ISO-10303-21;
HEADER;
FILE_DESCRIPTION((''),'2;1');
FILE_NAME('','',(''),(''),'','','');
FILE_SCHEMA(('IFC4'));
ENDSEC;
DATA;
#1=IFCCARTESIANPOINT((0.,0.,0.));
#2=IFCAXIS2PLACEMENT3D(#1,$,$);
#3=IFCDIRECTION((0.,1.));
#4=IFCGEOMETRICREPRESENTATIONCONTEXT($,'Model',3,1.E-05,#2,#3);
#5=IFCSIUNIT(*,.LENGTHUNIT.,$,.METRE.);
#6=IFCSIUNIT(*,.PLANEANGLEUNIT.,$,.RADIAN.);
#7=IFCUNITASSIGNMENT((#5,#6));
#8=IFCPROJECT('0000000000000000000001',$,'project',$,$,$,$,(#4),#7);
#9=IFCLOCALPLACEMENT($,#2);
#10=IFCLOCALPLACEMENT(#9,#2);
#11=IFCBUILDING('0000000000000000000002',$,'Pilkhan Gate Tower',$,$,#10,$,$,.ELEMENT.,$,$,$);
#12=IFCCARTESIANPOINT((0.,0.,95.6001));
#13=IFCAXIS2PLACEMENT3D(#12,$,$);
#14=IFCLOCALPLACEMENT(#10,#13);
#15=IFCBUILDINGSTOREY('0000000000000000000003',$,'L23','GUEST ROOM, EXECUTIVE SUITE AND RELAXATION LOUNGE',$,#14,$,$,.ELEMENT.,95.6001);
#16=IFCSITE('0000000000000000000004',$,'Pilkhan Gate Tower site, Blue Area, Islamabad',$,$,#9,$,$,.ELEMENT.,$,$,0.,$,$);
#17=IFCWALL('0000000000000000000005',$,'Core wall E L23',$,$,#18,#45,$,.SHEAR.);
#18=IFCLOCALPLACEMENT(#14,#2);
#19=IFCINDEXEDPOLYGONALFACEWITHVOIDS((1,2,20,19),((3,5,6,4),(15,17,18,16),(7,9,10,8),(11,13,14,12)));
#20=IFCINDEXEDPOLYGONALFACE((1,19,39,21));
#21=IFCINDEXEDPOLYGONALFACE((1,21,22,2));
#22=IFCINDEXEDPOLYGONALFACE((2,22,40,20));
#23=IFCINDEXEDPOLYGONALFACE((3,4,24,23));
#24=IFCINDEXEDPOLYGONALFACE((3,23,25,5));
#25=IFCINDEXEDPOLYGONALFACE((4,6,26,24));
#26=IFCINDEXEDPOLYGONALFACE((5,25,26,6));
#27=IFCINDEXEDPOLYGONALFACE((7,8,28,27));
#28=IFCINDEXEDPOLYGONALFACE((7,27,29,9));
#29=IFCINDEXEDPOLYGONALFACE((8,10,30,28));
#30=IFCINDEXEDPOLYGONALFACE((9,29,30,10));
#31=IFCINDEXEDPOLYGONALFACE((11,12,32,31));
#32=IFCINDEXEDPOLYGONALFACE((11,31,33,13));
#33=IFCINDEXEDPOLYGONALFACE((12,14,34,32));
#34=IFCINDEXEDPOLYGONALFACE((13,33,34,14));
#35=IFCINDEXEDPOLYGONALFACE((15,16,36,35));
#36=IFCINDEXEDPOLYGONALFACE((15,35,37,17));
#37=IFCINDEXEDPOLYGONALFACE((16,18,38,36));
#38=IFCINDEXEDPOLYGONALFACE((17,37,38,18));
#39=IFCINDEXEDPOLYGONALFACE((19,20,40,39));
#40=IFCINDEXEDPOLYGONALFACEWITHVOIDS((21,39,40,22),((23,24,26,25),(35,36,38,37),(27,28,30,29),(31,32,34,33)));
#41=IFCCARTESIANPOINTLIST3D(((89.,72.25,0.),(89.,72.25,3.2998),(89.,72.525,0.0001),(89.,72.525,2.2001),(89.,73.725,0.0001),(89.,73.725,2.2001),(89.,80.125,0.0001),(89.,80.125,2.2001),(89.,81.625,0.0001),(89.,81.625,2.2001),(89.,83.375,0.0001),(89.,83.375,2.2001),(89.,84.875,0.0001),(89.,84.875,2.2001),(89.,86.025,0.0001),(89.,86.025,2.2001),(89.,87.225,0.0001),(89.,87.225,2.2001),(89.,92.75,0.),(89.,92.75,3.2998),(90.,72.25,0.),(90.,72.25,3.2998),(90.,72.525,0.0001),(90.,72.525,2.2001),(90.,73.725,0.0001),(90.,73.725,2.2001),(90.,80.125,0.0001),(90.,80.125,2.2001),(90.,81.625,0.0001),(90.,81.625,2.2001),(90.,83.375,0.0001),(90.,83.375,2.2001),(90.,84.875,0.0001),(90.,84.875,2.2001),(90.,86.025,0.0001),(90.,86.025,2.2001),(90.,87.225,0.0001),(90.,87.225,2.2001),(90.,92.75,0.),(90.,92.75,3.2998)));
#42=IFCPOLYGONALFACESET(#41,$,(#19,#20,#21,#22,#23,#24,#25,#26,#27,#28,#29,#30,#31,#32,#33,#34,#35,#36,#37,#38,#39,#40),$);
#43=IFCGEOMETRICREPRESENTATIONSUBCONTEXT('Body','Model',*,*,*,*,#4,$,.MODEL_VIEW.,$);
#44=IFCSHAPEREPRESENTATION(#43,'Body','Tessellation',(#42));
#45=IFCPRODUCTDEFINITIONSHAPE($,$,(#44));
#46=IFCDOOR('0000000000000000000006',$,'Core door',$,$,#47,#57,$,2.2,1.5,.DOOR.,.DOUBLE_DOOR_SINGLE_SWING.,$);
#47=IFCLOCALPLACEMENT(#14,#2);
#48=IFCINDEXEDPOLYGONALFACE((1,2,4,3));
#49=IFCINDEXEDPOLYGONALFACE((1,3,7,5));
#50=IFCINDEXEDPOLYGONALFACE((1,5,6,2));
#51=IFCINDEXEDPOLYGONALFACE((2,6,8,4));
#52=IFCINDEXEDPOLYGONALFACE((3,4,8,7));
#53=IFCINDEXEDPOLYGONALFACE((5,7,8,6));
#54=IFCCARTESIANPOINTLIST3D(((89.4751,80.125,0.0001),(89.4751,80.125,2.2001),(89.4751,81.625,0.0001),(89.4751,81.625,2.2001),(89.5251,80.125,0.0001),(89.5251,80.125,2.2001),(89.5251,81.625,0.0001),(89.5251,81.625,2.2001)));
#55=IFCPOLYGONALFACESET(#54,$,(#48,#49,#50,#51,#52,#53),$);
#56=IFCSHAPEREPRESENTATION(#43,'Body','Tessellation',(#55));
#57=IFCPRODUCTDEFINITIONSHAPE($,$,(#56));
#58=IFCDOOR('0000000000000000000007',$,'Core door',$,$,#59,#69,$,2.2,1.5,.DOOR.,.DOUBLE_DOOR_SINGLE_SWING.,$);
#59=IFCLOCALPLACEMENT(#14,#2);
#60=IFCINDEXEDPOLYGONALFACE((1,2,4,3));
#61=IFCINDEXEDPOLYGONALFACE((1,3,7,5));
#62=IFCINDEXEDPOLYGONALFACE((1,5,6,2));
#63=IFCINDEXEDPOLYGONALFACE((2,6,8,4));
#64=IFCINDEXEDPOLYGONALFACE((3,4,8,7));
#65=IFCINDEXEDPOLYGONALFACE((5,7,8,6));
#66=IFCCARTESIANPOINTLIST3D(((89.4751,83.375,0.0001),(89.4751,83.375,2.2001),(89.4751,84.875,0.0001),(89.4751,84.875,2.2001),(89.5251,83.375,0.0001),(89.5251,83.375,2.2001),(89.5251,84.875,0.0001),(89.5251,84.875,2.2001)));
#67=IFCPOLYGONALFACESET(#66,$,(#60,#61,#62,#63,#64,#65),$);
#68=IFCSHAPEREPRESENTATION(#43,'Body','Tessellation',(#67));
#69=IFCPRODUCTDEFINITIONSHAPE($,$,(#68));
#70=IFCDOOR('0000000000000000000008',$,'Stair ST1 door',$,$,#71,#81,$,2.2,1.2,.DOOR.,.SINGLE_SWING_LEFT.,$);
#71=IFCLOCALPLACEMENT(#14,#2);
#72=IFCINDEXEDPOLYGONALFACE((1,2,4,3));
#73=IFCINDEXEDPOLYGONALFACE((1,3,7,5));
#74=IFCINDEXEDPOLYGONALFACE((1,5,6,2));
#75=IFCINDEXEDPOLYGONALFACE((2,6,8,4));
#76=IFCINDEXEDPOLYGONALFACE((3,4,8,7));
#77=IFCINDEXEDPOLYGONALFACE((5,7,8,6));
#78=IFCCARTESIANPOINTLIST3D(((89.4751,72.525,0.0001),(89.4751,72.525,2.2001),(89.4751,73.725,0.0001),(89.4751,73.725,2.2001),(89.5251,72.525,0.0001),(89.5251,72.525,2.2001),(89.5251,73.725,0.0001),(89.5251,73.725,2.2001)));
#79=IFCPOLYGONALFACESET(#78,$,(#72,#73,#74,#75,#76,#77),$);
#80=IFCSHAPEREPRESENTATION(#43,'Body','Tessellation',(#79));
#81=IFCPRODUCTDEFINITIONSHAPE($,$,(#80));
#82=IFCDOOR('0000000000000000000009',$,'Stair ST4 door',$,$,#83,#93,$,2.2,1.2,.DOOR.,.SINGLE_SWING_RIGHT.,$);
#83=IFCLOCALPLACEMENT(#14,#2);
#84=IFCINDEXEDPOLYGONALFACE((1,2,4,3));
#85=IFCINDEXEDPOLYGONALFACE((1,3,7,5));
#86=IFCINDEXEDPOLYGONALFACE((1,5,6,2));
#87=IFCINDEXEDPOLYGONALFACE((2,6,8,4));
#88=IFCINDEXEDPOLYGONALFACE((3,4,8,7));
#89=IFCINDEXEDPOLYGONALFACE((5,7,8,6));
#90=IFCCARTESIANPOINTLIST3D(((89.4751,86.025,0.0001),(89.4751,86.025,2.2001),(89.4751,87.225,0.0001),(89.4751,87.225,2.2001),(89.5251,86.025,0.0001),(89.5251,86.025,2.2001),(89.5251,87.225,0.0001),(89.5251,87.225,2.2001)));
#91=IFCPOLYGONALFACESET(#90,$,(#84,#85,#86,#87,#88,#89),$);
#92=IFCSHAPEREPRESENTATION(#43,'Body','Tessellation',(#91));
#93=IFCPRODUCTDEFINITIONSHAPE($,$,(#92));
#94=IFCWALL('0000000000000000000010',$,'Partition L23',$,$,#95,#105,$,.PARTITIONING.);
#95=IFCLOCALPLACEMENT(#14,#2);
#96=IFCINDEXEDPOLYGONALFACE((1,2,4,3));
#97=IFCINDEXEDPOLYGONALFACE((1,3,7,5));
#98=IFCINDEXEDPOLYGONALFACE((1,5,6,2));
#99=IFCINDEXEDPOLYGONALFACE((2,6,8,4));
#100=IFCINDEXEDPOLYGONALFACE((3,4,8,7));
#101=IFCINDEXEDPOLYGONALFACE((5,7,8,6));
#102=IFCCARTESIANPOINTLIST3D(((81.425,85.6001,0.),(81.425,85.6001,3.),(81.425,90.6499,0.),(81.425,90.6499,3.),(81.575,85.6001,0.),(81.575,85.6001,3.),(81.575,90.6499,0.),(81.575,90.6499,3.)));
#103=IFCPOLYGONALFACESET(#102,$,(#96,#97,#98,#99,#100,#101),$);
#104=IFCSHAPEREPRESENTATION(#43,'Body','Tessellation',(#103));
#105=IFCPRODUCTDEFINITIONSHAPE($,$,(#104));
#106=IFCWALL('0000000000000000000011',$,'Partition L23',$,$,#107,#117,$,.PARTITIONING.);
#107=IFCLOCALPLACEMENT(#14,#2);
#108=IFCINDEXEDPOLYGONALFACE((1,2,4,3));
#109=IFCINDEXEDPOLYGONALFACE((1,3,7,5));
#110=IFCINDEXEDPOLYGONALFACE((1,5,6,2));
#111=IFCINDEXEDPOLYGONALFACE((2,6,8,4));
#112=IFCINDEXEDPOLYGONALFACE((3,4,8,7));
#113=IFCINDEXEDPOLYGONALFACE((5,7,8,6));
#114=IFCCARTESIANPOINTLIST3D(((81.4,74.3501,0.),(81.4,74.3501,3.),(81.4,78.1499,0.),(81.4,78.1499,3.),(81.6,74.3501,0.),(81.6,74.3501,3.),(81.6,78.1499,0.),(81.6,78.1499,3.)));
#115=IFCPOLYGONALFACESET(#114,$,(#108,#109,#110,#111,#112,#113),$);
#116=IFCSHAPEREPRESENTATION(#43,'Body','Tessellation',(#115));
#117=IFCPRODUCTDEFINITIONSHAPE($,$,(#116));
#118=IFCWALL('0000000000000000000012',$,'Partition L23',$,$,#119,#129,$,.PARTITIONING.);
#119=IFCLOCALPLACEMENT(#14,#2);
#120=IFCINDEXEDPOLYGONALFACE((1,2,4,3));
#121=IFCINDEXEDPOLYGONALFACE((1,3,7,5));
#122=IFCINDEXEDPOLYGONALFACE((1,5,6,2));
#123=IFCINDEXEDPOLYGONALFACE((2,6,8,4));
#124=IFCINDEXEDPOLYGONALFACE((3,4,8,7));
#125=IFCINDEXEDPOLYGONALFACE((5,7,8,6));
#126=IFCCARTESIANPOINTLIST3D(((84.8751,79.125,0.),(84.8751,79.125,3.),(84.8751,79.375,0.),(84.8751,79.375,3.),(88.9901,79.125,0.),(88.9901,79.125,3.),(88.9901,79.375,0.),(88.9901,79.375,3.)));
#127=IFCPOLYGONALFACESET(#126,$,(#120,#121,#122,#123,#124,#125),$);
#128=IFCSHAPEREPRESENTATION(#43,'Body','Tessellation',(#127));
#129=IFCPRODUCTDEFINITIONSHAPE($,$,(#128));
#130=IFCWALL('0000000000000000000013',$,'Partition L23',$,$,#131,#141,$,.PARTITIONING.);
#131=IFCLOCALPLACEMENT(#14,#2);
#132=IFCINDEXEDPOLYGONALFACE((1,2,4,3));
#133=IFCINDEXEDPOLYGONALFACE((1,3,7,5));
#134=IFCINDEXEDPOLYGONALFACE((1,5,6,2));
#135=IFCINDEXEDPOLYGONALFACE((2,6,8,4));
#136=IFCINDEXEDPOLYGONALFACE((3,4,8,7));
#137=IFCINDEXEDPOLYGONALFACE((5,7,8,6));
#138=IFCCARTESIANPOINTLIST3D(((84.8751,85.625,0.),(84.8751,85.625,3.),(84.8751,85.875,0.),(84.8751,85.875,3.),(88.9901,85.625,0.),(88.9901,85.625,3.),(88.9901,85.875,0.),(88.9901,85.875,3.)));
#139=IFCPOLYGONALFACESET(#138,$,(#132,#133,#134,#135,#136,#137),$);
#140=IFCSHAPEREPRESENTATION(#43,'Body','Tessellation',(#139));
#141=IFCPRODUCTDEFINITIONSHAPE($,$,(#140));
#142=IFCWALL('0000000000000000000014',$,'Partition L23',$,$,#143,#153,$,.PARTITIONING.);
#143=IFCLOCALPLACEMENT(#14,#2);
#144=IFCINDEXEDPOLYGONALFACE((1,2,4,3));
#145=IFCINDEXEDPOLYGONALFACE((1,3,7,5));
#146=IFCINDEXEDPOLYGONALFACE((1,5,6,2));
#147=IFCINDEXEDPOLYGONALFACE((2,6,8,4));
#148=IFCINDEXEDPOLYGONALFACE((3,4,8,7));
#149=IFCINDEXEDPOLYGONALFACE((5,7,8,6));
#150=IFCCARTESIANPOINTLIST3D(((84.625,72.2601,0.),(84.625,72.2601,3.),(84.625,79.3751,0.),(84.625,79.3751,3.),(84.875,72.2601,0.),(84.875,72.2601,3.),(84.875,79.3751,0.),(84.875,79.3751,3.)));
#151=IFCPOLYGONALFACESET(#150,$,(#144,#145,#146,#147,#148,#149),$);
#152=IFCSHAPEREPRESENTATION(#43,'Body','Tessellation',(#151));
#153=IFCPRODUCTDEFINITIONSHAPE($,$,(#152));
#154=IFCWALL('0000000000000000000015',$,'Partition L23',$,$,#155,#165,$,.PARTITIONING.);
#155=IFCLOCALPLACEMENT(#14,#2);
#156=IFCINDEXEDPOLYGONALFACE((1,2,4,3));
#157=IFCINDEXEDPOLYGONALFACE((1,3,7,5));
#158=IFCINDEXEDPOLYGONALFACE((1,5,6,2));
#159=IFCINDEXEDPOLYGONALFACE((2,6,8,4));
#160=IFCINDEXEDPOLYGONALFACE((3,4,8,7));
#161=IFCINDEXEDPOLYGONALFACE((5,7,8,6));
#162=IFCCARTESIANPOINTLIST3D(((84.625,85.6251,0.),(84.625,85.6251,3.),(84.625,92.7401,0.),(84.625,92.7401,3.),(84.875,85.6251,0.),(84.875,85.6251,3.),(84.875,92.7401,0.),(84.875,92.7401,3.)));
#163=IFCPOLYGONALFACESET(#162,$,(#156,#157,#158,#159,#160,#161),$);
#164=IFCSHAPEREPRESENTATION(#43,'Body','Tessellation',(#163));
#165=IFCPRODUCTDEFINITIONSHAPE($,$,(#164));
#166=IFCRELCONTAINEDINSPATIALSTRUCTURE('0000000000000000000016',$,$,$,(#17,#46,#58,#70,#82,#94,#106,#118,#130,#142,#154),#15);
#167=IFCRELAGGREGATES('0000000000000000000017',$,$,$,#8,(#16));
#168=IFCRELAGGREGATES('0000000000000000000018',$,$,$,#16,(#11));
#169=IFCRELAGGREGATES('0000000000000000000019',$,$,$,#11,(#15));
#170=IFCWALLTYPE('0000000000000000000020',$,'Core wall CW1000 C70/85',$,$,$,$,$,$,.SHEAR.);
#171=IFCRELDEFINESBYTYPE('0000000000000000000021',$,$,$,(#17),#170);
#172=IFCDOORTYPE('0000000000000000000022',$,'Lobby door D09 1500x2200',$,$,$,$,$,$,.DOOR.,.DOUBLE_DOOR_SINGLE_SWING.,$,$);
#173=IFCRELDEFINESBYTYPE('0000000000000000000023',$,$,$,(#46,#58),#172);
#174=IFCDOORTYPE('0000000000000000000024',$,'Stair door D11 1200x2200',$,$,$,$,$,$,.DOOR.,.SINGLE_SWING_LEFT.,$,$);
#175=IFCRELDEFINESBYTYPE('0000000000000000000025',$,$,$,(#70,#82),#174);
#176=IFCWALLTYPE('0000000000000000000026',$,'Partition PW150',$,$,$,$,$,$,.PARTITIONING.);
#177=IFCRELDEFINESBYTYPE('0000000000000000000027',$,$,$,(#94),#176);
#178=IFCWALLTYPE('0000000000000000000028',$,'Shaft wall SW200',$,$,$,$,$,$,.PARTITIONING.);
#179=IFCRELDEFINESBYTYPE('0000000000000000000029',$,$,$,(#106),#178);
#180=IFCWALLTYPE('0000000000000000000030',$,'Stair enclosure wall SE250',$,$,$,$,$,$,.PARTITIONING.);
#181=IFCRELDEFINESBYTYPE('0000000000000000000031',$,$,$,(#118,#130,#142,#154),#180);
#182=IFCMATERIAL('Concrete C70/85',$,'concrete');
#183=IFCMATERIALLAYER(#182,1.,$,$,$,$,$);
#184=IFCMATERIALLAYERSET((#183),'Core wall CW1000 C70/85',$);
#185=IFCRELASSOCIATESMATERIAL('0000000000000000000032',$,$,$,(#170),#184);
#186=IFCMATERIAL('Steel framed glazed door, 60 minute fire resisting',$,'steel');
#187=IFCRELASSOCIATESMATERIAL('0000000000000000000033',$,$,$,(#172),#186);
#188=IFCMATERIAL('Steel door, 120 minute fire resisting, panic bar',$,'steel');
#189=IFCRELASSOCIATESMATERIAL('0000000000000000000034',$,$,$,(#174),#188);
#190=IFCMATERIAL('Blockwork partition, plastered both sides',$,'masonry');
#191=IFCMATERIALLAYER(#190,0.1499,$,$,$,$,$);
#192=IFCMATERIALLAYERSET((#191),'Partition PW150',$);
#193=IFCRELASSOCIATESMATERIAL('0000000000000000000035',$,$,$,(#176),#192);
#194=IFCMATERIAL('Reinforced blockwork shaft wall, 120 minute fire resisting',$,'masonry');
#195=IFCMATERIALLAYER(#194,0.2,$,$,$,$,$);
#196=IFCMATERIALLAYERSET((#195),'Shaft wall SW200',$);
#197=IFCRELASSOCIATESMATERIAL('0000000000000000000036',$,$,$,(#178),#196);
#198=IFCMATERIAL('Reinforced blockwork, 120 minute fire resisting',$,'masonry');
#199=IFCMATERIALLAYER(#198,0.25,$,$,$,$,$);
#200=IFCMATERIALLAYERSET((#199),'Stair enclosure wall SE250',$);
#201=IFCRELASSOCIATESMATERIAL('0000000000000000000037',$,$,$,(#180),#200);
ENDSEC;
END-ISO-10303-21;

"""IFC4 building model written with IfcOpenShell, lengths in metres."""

from ifc_helpers import new_model, si_unit, direction, frame, frame_2d, origin, place, context, subcontext, project, spatial, rectangle, extrude, material, layer, layer_set, type_object, element, fill, save


model = new_model("IFC4")

# Units and contexts
model_context = context("Model", 3, precision=1e-05, world=origin(), true_north=direction((0.0, 1.0)))
body_context = subcontext(model_context, "Body", "Model", "MODEL_VIEW")
ifc_project = project(units=[si_unit("LENGTHUNIT", "METRE"), si_unit("PLANEANGLEUNIT", "RADIAN")], contexts=[model_context])

# Site, building, storey
site_placement = place(None, origin())
site = spatial("IfcSite", under=ifc_project, at=site_placement, Name="Pilkhan Gate Tower site, Blue Area, Islamabad", CompositionType="ELEMENT", RefElevation=0.0)
building_placement = place(site_placement, origin())
building = spatial("IfcBuilding", under=site, at=building_placement, Name="Pilkhan Gate Tower", CompositionType="ELEMENT")
storey_placement = place(building_placement, frame((0.0, 0.0, 95.6001)))
storey = spatial("IfcBuildingStorey", under=building, at=storey_placement, Name="L23", Description="GUEST ROOM, EXECUTIVE SUITE AND RELAXATION LOUNGE", CompositionType="ELEMENT", Elevation=95.6001)

# Wall, openings, doors
ifc_material_1 = material(Name="Concrete C70/85", Category="concrete")
ifc_layer_1 = layer(ifc_material_1, 1.0)
ifc_layer_set_1 = layer_set([ifc_layer_1], Name="Core wall CW1000 C70/85")
wall_type_1 = type_object("IfcWallType", Name="Core wall CW1000 C70/85", PredefinedType="SHEAR", material=ifc_layer_set_1)
wall_1_placement = place(storey_placement, frame((89.5, 72.25, 0.0), z_axis=(0.0, 0.0, 1.0), x_axis=(0.0, 1.0, 0.0)))
wall_1 = element("IfcWall", 1, at=wall_1_placement, inside=storey, type_object=wall_type_1, Name="Core wall E L23", PredefinedType="SHEAR", context=body_context, shape_type="SweptSolid", body=[
    extrude(rectangle(XDim=20.5, YDim=1.0, at=frame_2d((10.25, 0.0))), origin(), (0.0, 0.0, 1.0), 3.2998),
])
opening_1_placement = place(wall_1_placement, frame((0.2749, 0.0, 0.0)))
opening_1 = element("IfcOpeningElement", 2, at=opening_1_placement, cuts=wall_1, PredefinedType="OPENING", context=body_context, shape_type="SweptSolid", body=[
    extrude(rectangle(XDim=1.2, YDim=2.2, at=frame_2d((0.6001, 1.1001))), frame((0.0, 0.51, 0.0), z_axis=(0.0, -1.0, 0.0), x_axis=(1.0, 0.0, 0.0)), (0.0, 0.0, 1.0), 1.02),
])
opening_2_placement = place(wall_1_placement, frame((13.7749, 0.0, 0.0)))
opening_2 = element("IfcOpeningElement", 3, at=opening_2_placement, cuts=wall_1, PredefinedType="OPENING", context=body_context, shape_type="SweptSolid", body=[
    extrude(rectangle(XDim=1.2, YDim=2.2, at=frame_2d((0.6001, 1.1001))), frame((0.0, 0.51, 0.0), z_axis=(0.0, -1.0, 0.0), x_axis=(1.0, 0.0, 0.0)), (0.0, 0.0, 1.0), 1.02),
])
opening_3_placement = place(wall_1_placement, frame((7.875, 0.0, 0.0)))
opening_3 = element("IfcOpeningElement", 4, at=opening_3_placement, cuts=wall_1, PredefinedType="OPENING", context=body_context, shape_type="SweptSolid", body=[
    extrude(rectangle(XDim=1.5, YDim=2.2, at=frame_2d((0.75, 1.1001))), frame((0.0, 0.51, 0.0), z_axis=(0.0, -1.0, 0.0), x_axis=(1.0, 0.0, 0.0)), (0.0, 0.0, 1.0), 1.02),
])
opening_4_placement = place(wall_1_placement, frame((11.125, 0.0, 0.0)))
opening_4 = element("IfcOpeningElement", 5, at=opening_4_placement, cuts=wall_1, PredefinedType="OPENING", context=body_context, shape_type="SweptSolid", body=[
    extrude(rectangle(XDim=1.5, YDim=2.2, at=frame_2d((0.75, 1.1001))), frame((0.0, 0.51, 0.0), z_axis=(0.0, -1.0, 0.0), x_axis=(1.0, 0.0, 0.0)), (0.0, 0.0, 1.0), 1.02),
])
ifc_material_2 = material(Name="Steel framed glazed door, 60 minute fire resisting", Category="steel")
door_type_1 = type_object("IfcDoorType", Name="Lobby door D09 1500x2200", OperationType="DOUBLE_DOOR_SINGLE_SWING", PredefinedType="DOOR", material=ifc_material_2)
door_1_placement = place(opening_3_placement, origin())
door_1 = element("IfcDoor", 6, at=door_1_placement, inside=storey, type_object=door_type_1, Name="Core door", OperationType="DOUBLE_DOOR_SINGLE_SWING", OverallHeight=2.2, OverallWidth=1.5, PredefinedType="DOOR", context=body_context, shape_type="SweptSolid", body=[
    extrude(rectangle(XDim=1.5, YDim=2.2, at=frame_2d((0.75, 1.1001))), frame((0.0, 0.0249, 0.0), z_axis=(0.0, -1.0, 0.0), x_axis=(1.0, 0.0, 0.0)), (0.0, 0.0, 1.0), 0.05),
])
fill(opening_3, door_1)
door_2_placement = place(opening_4_placement, origin())
door_2 = element("IfcDoor", 7, at=door_2_placement, inside=storey, type_object=door_type_1, Name="Core door", OperationType="DOUBLE_DOOR_SINGLE_SWING", OverallHeight=2.2, OverallWidth=1.5, PredefinedType="DOOR", context=body_context, shape_type="SweptSolid", body=[
    extrude(rectangle(XDim=1.5, YDim=2.2, at=frame_2d((0.75, 1.1001))), frame((0.0, 0.0249, 0.0), z_axis=(0.0, -1.0, 0.0), x_axis=(1.0, 0.0, 0.0)), (0.0, 0.0, 1.0), 0.05),
])
fill(opening_4, door_2)
ifc_material_3 = material(Name="Steel door, 120 minute fire resisting, panic bar", Category="steel")
door_type_2 = type_object("IfcDoorType", Name="Stair door D11 1200x2200", OperationType="SINGLE_SWING_LEFT", PredefinedType="DOOR", material=ifc_material_3)
door_3_placement = place(opening_1_placement, origin())
door_3 = element("IfcDoor", 8, at=door_3_placement, inside=storey, type_object=door_type_2, Name="Stair ST1 door", OperationType="SINGLE_SWING_LEFT", OverallHeight=2.2, OverallWidth=1.2, PredefinedType="DOOR", context=body_context, shape_type="SweptSolid", body=[
    extrude(rectangle(XDim=1.2, YDim=2.2, at=frame_2d((0.6001, 1.1001))), frame((0.0, 0.0249, 0.0), z_axis=(0.0, -1.0, 0.0), x_axis=(1.0, 0.0, 0.0)), (0.0, 0.0, 1.0), 0.05),
])
fill(opening_1, door_3)
door_4_placement = place(opening_2_placement, origin())
door_4 = element("IfcDoor", 9, at=door_4_placement, inside=storey, type_object=door_type_2, Name="Stair ST4 door", OperationType="SINGLE_SWING_RIGHT", OverallHeight=2.2, OverallWidth=1.2, PredefinedType="DOOR", context=body_context, shape_type="SweptSolid", body=[
    extrude(rectangle(XDim=1.2, YDim=2.2, at=frame_2d((0.6001, 1.1001))), frame((0.0, 0.0249, 0.0), z_axis=(0.0, -1.0, 0.0), x_axis=(1.0, 0.0, 0.0)), (0.0, 0.0, 1.0), 0.05),
])
fill(opening_2, door_4)

# Walls
ifc_material_4 = material(Name="Blockwork partition, plastered both sides", Category="masonry")
ifc_layer_2 = layer(ifc_material_4, 0.1499)
ifc_layer_set_2 = layer_set([ifc_layer_2], Name="Partition PW150")
wall_type_2 = type_object("IfcWallType", Name="Partition PW150", PredefinedType="PARTITIONING", material=ifc_layer_set_2)
wall_2_placement = place(storey_placement, frame((81.5, 85.6001, 0.0), z_axis=(0.0, 0.0, 1.0), x_axis=(0.0, 1.0, 0.0)))
element("IfcWall", 10, at=wall_2_placement, inside=storey, type_object=wall_type_2, Name="Partition L23", PredefinedType="PARTITIONING", context=body_context, shape_type="SweptSolid", body=[
    extrude(rectangle(XDim=5.0498, YDim=0.1499, at=frame_2d((2.5249, 0.0))), origin(), (0.0, 0.0, 1.0), 3.0),
])
ifc_material_5 = material(Name="Reinforced blockwork shaft wall, 120 minute fire resisting", Category="masonry")
ifc_layer_3 = layer(ifc_material_5, 0.2)
ifc_layer_set_3 = layer_set([ifc_layer_3], Name="Shaft wall SW200")
wall_type_3 = type_object("IfcWallType", Name="Shaft wall SW200", PredefinedType="PARTITIONING", material=ifc_layer_set_3)
wall_3_placement = place(storey_placement, frame((81.5, 74.3501, 0.0), z_axis=(0.0, 0.0, 1.0), x_axis=(0.0, 1.0, 0.0)))
element("IfcWall", 11, at=wall_3_placement, inside=storey, type_object=wall_type_3, Name="Partition L23", PredefinedType="PARTITIONING", context=body_context, shape_type="SweptSolid", body=[
    extrude(rectangle(XDim=3.7998, YDim=0.2, at=frame_2d((1.8999, 0.0))), origin(), (0.0, 0.0, 1.0), 3.0),
])
ifc_material_6 = material(Name="Reinforced blockwork, 120 minute fire resisting", Category="masonry")
ifc_layer_4 = layer(ifc_material_6, 0.25)
ifc_layer_set_4 = layer_set([ifc_layer_4], Name="Stair enclosure wall SE250")
wall_type_4 = type_object("IfcWallType", Name="Stair enclosure wall SE250", PredefinedType="PARTITIONING", material=ifc_layer_set_4)
for number, where, z_axis, x_axis, name in (
    (12, (84.875, 79.25, 0.0), (0.0, 0.0, 1.0), (1.0, 0.0, 0.0), "Partition L23"),
    (13, (84.875, 85.75, 0.0), (0.0, 0.0, 1.0), (1.0, 0.0, 0.0), "Partition L23"),
):
    element("IfcWall", number, at=place(storey_placement, frame(where, z_axis=z_axis, x_axis=x_axis)), inside=storey, type_object=wall_type_4, Name=name, PredefinedType="PARTITIONING", context=body_context, shape_type="SweptSolid", body=[
        extrude(rectangle(XDim=4.115, YDim=0.25, at=frame_2d((2.0576, 0.0))), origin(), (0.0, 0.0, 1.0), 3.0),
    ])
for number, where, z_axis, x_axis, name in (
    (14, (84.75, 72.26, 0.0), (0.0, 0.0, 1.0), (0.0, 1.0, 0.0), "Partition L23"),
    (15, (84.75, 85.625, 0.0), (0.0, 0.0, 1.0), (0.0, 1.0, 0.0), "Partition L23"),
):
    element("IfcWall", number, at=place(storey_placement, frame(where, z_axis=z_axis, x_axis=x_axis)), inside=storey, type_object=wall_type_4, Name=name, PredefinedType="PARTITIONING", context=body_context, shape_type="SweptSolid", body=[
        extrude(rectangle(XDim=7.115, YDim=0.25, at=frame_2d((3.5576, 0.0))), origin(), (0.0, 0.0, 1.0), 3.0),
    ])

save(model, "model.ifc")
